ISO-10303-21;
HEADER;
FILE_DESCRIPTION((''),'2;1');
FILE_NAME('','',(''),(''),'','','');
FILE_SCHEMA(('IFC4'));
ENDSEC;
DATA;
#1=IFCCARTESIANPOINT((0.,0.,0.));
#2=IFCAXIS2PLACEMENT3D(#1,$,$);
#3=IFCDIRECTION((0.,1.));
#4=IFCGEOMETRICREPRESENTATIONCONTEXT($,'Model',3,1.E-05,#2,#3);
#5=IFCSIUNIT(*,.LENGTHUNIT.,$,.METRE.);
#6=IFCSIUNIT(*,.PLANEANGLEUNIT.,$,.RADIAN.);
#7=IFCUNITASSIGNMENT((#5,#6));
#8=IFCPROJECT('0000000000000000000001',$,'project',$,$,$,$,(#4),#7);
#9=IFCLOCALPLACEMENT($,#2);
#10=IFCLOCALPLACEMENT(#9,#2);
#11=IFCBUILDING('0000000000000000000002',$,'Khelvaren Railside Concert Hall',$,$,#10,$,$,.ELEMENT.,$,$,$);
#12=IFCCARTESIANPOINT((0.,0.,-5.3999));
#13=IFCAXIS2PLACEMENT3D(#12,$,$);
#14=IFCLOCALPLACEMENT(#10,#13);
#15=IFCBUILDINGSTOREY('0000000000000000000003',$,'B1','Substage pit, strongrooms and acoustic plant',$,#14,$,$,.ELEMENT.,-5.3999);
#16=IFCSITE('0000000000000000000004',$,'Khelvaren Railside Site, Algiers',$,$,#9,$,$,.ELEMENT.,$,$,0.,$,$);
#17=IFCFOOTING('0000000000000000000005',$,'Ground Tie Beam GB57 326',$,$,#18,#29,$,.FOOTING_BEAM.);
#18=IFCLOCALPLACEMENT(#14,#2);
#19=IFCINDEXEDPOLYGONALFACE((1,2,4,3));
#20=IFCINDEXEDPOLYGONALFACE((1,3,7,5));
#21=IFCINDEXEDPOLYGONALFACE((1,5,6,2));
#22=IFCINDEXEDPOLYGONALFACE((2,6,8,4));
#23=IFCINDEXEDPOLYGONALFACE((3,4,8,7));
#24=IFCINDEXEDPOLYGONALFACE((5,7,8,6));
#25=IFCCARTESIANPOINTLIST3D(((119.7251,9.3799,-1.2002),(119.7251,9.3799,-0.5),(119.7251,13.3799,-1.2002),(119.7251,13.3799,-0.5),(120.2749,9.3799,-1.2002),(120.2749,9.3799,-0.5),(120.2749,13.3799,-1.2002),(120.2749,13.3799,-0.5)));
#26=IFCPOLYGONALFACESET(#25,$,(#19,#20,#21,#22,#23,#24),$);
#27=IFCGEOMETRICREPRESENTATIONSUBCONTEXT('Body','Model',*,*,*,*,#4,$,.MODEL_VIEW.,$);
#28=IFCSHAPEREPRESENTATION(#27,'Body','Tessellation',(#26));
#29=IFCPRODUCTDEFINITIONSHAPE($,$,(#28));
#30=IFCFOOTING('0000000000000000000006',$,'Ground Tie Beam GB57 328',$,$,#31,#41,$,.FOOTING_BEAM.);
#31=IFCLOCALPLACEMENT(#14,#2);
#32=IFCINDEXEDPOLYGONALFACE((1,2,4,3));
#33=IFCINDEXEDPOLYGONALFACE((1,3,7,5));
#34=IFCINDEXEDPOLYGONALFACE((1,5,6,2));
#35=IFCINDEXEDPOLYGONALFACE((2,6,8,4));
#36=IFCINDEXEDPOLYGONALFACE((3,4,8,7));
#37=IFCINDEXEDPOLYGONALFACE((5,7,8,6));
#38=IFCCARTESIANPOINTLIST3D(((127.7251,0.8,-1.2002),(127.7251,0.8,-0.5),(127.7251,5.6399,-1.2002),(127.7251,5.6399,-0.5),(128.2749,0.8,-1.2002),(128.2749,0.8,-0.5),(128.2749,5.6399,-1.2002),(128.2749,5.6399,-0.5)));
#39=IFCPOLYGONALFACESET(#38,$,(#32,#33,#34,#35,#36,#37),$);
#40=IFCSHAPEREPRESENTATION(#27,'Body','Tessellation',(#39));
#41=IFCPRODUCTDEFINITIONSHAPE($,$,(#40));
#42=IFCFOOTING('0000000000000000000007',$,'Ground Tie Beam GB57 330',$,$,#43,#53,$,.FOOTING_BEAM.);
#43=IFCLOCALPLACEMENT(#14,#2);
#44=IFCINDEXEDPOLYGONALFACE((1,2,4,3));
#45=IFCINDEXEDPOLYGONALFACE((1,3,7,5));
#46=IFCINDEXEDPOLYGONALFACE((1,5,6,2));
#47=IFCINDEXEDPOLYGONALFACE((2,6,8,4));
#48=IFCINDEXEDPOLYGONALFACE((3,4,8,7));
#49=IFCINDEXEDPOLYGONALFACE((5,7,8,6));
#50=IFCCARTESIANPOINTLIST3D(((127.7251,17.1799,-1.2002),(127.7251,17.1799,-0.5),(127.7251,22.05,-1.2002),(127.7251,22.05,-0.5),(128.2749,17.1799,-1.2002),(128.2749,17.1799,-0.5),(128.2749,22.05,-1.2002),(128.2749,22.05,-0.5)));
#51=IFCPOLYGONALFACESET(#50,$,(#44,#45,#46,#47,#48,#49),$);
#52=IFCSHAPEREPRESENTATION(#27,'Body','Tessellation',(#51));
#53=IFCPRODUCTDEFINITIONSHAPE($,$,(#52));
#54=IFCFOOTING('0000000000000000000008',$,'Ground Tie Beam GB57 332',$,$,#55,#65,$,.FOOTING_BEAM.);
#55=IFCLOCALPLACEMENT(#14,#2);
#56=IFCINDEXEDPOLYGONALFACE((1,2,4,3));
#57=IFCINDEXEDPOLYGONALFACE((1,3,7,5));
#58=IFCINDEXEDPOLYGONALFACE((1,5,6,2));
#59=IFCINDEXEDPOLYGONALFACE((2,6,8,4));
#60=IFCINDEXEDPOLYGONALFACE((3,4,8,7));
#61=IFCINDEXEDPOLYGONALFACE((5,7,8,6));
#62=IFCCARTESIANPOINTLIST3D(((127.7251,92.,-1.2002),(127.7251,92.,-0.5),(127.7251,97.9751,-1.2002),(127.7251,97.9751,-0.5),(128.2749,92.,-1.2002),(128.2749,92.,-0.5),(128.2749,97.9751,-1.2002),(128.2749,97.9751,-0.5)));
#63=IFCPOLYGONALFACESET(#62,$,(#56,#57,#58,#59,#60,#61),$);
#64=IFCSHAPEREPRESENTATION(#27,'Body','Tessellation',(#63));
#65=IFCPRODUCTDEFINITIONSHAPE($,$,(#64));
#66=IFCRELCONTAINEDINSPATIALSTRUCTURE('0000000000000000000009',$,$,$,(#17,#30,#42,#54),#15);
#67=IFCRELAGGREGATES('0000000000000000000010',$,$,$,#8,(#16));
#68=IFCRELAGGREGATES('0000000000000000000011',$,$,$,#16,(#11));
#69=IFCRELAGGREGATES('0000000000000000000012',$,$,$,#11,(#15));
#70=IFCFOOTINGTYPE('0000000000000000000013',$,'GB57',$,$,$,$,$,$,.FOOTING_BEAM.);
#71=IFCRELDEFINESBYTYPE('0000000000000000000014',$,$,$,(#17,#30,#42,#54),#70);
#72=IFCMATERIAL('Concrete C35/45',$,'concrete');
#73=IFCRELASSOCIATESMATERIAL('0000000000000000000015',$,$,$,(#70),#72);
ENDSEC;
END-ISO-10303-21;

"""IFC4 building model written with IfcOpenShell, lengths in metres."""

from ifc_helpers import new_model, si_unit, direction, frame, origin, place, context, subcontext, project, spatial, polyline, outline, extrude, material, type_object, element, save


model = new_model("IFC4")

# Units and contexts
model_context = context("Model", 3, precision=1e-05, world=origin(), true_north=direction((0.0, 1.0)))
body_context = subcontext(model_context, "Body", "Model", "MODEL_VIEW")
ifc_project = project(units=[si_unit("LENGTHUNIT", "METRE"), si_unit("PLANEANGLEUNIT", "RADIAN")], contexts=[model_context])

# Site, building, storey
site_placement = place(None, origin())
site = spatial("IfcSite", under=ifc_project, at=site_placement, Name="Khelvaren Railside Site, Algiers", CompositionType="ELEMENT", RefElevation=0.0)
building_placement = place(site_placement, origin())
building = spatial("IfcBuilding", under=site, at=building_placement, Name="Khelvaren Railside Concert Hall", CompositionType="ELEMENT")
storey_placement = place(building_placement, frame((0.0, 0.0, -5.3999)))
storey = spatial("IfcBuildingStorey", under=building, at=storey_placement, Name="B1", Description="Substage pit, strongrooms and acoustic plant", CompositionType="ELEMENT", Elevation=-5.3999)

# Footings
ifc_material = material(Name="Concrete C35/45", Category="concrete")
footing_type = type_object("IfcFootingType", Name="GB57", PredefinedType="FOOTING_BEAM", material=ifc_material)
footing_1_placement = place(storey_placement, frame((0.0, 0.0, -1.2002)))
element("IfcFooting", 1, at=footing_1_placement, inside=storey, type_object=footing_type, Name="Ground Tie Beam GB57 326", PredefinedType="FOOTING_BEAM", context=body_context, shape_type="SweptSolid", body=[
    extrude(outline(polyline([(119.7251, 9.3799), (120.2749, 9.3799), (120.2749, 13.3799), (119.7251, 13.3799), (119.7251, 9.3799)])), origin(), (0.0, 0.0, 1.0), 0.7002),
])
footing_2_placement = place(storey_placement, frame((0.0, 0.0, -1.2002)))
element("IfcFooting", 2, at=footing_2_placement, inside=storey, type_object=footing_type, Name="Ground Tie Beam GB57 328", PredefinedType="FOOTING_BEAM", context=body_context, shape_type="SweptSolid", body=[
    extrude(outline(polyline([(127.7251, 0.8), (128.2749, 0.8), (128.2749, 5.6399), (127.7251, 5.6399), (127.7251, 0.8)])), origin(), (0.0, 0.0, 1.0), 0.7002),
])
footing_3_placement = place(storey_placement, frame((0.0, 0.0, -1.2002)))
element("IfcFooting", 3, at=footing_3_placement, inside=storey, type_object=footing_type, Name="Ground Tie Beam GB57 330", PredefinedType="FOOTING_BEAM", context=body_context, shape_type="SweptSolid", body=[
    extrude(outline(polyline([(127.7251, 17.1799), (128.2749, 17.1799), (128.2749, 22.05), (127.7251, 22.05), (127.7251, 17.1799)])), origin(), (0.0, 0.0, 1.0), 0.7002),
])
footing_4_placement = place(storey_placement, frame((0.0, 0.0, -1.2002)))
element("IfcFooting", 4, at=footing_4_placement, inside=storey, type_object=footing_type, Name="Ground Tie Beam GB57 332", PredefinedType="FOOTING_BEAM", context=body_context, shape_type="SweptSolid", body=[
    extrude(outline(polyline([(127.7251, 92.0), (128.2749, 92.0), (128.2749, 97.9751), (127.7251, 97.9751), (127.7251, 92.0)])), origin(), (0.0, 0.0, 1.0), 0.7002),
])

save(model, "model.ifc")
